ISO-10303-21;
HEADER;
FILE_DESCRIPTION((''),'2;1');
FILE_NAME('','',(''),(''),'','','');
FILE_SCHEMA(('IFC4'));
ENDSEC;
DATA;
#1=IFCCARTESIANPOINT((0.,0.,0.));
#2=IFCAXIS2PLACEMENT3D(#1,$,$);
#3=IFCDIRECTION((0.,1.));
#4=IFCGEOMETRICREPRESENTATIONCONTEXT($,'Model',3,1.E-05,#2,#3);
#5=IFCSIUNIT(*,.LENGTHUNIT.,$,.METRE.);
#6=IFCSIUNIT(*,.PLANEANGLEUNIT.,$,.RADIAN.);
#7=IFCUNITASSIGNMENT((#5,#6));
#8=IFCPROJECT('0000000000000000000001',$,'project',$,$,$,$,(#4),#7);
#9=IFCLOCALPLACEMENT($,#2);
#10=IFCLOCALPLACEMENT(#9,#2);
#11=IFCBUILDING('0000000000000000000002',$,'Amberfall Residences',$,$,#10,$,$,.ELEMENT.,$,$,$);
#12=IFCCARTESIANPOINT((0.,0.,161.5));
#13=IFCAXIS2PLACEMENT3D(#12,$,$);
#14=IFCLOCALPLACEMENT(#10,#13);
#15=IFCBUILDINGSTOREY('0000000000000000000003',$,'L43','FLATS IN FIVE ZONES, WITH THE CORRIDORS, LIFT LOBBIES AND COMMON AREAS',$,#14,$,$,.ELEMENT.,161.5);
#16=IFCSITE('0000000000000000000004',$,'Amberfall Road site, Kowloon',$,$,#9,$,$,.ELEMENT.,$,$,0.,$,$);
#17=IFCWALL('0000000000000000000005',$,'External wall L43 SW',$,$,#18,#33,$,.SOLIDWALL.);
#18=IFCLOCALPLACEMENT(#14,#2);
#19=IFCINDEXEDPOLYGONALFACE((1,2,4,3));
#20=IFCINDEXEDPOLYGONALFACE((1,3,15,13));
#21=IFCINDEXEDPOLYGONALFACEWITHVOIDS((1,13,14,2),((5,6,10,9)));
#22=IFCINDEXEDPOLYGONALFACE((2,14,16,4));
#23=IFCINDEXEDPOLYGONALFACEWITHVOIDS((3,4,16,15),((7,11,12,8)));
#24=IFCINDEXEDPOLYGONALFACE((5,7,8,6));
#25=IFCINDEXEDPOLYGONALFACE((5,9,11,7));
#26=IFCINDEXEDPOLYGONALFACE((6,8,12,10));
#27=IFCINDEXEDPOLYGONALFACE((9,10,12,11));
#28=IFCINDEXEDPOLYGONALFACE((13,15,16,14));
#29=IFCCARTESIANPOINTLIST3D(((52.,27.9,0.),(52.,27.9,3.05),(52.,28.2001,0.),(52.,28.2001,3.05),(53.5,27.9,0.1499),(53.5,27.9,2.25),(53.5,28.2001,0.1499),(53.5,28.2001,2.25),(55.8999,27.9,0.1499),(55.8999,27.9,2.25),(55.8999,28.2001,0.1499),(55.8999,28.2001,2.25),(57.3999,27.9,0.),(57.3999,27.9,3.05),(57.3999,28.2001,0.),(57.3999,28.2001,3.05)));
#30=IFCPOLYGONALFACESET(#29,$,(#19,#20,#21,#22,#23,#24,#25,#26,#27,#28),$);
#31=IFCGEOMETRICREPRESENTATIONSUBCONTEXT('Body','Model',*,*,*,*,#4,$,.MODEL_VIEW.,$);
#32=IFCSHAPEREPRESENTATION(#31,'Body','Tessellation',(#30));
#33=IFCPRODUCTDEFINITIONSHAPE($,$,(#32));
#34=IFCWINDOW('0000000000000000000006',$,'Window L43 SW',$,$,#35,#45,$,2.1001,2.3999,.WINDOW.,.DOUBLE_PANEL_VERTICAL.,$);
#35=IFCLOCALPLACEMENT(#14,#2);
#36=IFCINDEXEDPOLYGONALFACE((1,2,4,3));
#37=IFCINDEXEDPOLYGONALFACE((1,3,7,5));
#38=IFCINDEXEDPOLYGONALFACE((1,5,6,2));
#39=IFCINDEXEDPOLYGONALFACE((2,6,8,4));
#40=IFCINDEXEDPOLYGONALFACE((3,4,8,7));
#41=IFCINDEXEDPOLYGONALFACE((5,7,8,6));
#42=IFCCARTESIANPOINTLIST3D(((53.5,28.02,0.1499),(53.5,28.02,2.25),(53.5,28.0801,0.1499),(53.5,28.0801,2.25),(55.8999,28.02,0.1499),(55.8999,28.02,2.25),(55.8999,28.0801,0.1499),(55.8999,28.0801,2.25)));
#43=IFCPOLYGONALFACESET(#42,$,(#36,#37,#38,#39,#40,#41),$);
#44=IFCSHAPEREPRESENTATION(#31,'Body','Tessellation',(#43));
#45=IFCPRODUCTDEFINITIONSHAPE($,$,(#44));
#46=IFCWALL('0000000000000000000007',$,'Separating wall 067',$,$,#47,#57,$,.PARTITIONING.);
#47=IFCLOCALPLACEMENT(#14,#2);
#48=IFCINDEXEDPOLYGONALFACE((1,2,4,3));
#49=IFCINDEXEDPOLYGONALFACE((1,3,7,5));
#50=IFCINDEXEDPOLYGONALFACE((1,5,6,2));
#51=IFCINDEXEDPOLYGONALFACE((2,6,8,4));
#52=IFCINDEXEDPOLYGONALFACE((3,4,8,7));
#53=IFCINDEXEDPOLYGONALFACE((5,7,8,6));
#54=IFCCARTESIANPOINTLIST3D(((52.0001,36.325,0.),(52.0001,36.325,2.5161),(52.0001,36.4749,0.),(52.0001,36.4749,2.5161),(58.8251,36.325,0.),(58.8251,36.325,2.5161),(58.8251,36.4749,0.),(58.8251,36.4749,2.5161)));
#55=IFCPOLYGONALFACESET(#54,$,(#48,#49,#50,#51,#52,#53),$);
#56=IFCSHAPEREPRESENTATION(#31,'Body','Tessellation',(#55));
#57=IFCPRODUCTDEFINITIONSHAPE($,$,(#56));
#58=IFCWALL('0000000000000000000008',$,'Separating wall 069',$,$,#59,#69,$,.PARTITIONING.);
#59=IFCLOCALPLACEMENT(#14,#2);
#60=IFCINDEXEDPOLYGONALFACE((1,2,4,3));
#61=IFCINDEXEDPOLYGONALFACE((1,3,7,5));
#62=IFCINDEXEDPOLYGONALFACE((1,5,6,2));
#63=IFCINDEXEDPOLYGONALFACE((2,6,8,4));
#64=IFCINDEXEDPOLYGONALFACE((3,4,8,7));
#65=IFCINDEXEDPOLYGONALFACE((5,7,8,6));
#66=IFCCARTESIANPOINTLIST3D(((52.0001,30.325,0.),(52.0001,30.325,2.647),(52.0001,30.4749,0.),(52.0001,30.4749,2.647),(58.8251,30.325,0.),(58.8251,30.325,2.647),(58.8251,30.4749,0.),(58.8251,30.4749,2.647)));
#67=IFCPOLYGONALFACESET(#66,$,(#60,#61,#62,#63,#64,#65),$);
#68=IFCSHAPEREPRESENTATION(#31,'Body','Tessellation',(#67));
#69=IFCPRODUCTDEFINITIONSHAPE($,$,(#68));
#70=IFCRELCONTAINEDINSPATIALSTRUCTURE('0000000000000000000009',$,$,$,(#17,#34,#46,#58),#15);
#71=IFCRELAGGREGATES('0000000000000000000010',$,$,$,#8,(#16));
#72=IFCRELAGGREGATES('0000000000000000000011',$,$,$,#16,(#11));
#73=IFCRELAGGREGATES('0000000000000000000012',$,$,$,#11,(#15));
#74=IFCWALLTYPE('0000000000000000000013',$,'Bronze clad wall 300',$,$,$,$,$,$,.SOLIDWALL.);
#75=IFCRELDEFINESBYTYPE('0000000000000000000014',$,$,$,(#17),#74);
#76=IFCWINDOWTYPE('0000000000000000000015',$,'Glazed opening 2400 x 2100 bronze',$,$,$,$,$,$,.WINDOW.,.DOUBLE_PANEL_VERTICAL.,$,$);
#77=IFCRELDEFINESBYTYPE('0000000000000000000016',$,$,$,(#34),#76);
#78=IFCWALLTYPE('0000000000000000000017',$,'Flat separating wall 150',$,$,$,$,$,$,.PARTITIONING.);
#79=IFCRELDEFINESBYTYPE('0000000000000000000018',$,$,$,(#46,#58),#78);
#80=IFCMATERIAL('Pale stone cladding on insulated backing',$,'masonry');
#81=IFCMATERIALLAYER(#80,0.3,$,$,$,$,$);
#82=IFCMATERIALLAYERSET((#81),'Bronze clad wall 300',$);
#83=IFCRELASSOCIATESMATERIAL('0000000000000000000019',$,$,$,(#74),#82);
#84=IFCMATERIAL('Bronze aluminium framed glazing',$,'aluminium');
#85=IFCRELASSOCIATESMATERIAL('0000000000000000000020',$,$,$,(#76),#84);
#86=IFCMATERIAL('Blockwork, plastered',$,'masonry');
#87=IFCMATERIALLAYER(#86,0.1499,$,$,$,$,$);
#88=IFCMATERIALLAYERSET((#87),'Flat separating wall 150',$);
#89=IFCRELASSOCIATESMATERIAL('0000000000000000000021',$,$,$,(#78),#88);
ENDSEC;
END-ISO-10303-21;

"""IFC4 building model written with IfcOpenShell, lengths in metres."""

from ifc_helpers import new_model, si_unit, direction, frame, frame_2d, origin, place, context, subcontext, project, spatial, rectangle, extrude, material, layer, layer_set, type_object, element, fill, save


model = new_model("IFC4")

# Units and contexts
model_context = context("Model", 3, precision=1e-05, world=origin(), true_north=direction((0.0, 1.0)))
body_context = subcontext(model_context, "Body", "Model", "MODEL_VIEW")
ifc_project = project(units=[si_unit("LENGTHUNIT", "METRE"), si_unit("PLANEANGLEUNIT", "RADIAN")], contexts=[model_context])

# Site, building, storey
site_placement = place(None, origin())
site = spatial("IfcSite", under=ifc_project, at=site_placement, Name="Amberfall Road site, Kowloon", CompositionType="ELEMENT", RefElevation=0.0)
building_placement = place(site_placement, origin())
building = spatial("IfcBuilding", under=site, at=building_placement, Name="Amberfall Residences", CompositionType="ELEMENT")
storey_placement = place(building_placement, frame((0.0, 0.0, 161.5)))
storey = spatial("IfcBuildingStorey", under=building, at=storey_placement, Name="L43", Description="FLATS IN FIVE ZONES, WITH THE CORRIDORS, LIFT LOBBIES AND COMMON AREAS", CompositionType="ELEMENT", Elevation=161.5)

# Wall, opening, window
ifc_material_1 = material(Name="Pale stone cladding on insulated backing", Category="masonry")
ifc_layer_1 = layer(ifc_material_1, 0.3)
ifc_layer_set_1 = layer_set([ifc_layer_1], Name="Bronze clad wall 300")
wall_type_1 = type_object("IfcWallType", Name="Bronze clad wall 300", PredefinedType="SOLIDWALL", material=ifc_layer_set_1)
wall_1_placement = place(storey_placement, frame((52.0, 28.05, 0.0), z_axis=(0.0, 0.0, 1.0), x_axis=(1.0, 0.0, 0.0)))
wall_1 = element("IfcWall", 1, at=wall_1_placement, inside=storey, type_object=wall_type_1, Name="External wall L43 SW", PredefinedType="SOLIDWALL", context=body_context, shape_type="SweptSolid", body=[
    extrude(rectangle(XDim=5.3999, YDim=0.3, at=frame_2d((2.7, 0.0))), origin(), (0.0, 0.0, 1.0), 3.05),
])
opening_placement = place(wall_1_placement, frame((1.5, 0.0, 0.1499)))
opening = element("IfcOpeningElement", 2, at=opening_placement, cuts=wall_1, PredefinedType="OPENING", context=body_context, shape_type="SweptSolid", body=[
    extrude(rectangle(XDim=2.3999, YDim=2.1001, at=frame_2d((1.2, 1.05))), frame((0.0, 0.1599, 0.0), z_axis=(0.0, -1.0, 0.0), x_axis=(1.0, 0.0, 0.0)), (0.0, 0.0, 1.0), 0.3201),
])
ifc_material_2 = material(Name="Bronze aluminium framed glazing", Category="aluminium")
window_type = type_object("IfcWindowType", Name="Glazed opening 2400 x 2100 bronze", PartitioningType="DOUBLE_PANEL_VERTICAL", PredefinedType="WINDOW", material=ifc_material_2)
window_placement = place(opening_placement, origin())
window = element("IfcWindow", 3, at=window_placement, inside=storey, type_object=window_type, Name="Window L43 SW", OverallHeight=2.1001, OverallWidth=2.3999, PartitioningType="DOUBLE_PANEL_VERTICAL", PredefinedType="WINDOW", context=body_context, shape_type="SweptSolid", body=[
    extrude(rectangle(XDim=2.3999, YDim=2.1001, at=frame_2d((1.2, 1.05))), frame((0.0, 0.03, 0.0), z_axis=(0.0, -1.0, 0.0), x_axis=(1.0, 0.0, 0.0)), (0.0, 0.0, 1.0), 0.0601),
])
fill(opening, window)

# Walls
ifc_material_3 = material(Name="Blockwork, plastered", Category="masonry")
ifc_layer_2 = layer(ifc_material_3, 0.1499)
ifc_layer_set_2 = layer_set([ifc_layer_2], Name="Flat separating wall 150")
wall_type_2 = type_object("IfcWallType", Name="Flat separating wall 150", PredefinedType="PARTITIONING", material=ifc_layer_set_2)
wall_2_placement = place(storey_placement, frame((52.0, 36.3999, 0.0), z_axis=(0.0, 0.0, 1.0), x_axis=(1.0, 0.0, 0.0)))
element("IfcWall", 4, at=wall_2_placement, inside=storey, type_object=wall_type_2, Name="Separating wall 067", PredefinedType="PARTITIONING", context=body_context, shape_type="SweptSolid", body=[
    extrude(rectangle(XDim=6.825, YDim=0.1499, at=frame_2d((3.4126, 0.0))), origin(), (0.0, 0.0, 1.0), 2.5161),
])
wall_3_placement = place(storey_placement, frame((52.0, 30.3999, 0.0), z_axis=(0.0, 0.0, 1.0), x_axis=(1.0, 0.0, 0.0)))
element("IfcWall", 5, at=wall_3_placement, inside=storey, type_object=wall_type_2, Name="Separating wall 069", PredefinedType="PARTITIONING", context=body_context, shape_type="SweptSolid", body=[
    extrude(rectangle(XDim=6.825, YDim=0.1499, at=frame_2d((3.4126, 0.0))), origin(), (0.0, 0.0, 1.0), 2.647),
])

save(model, "model.ifc")
